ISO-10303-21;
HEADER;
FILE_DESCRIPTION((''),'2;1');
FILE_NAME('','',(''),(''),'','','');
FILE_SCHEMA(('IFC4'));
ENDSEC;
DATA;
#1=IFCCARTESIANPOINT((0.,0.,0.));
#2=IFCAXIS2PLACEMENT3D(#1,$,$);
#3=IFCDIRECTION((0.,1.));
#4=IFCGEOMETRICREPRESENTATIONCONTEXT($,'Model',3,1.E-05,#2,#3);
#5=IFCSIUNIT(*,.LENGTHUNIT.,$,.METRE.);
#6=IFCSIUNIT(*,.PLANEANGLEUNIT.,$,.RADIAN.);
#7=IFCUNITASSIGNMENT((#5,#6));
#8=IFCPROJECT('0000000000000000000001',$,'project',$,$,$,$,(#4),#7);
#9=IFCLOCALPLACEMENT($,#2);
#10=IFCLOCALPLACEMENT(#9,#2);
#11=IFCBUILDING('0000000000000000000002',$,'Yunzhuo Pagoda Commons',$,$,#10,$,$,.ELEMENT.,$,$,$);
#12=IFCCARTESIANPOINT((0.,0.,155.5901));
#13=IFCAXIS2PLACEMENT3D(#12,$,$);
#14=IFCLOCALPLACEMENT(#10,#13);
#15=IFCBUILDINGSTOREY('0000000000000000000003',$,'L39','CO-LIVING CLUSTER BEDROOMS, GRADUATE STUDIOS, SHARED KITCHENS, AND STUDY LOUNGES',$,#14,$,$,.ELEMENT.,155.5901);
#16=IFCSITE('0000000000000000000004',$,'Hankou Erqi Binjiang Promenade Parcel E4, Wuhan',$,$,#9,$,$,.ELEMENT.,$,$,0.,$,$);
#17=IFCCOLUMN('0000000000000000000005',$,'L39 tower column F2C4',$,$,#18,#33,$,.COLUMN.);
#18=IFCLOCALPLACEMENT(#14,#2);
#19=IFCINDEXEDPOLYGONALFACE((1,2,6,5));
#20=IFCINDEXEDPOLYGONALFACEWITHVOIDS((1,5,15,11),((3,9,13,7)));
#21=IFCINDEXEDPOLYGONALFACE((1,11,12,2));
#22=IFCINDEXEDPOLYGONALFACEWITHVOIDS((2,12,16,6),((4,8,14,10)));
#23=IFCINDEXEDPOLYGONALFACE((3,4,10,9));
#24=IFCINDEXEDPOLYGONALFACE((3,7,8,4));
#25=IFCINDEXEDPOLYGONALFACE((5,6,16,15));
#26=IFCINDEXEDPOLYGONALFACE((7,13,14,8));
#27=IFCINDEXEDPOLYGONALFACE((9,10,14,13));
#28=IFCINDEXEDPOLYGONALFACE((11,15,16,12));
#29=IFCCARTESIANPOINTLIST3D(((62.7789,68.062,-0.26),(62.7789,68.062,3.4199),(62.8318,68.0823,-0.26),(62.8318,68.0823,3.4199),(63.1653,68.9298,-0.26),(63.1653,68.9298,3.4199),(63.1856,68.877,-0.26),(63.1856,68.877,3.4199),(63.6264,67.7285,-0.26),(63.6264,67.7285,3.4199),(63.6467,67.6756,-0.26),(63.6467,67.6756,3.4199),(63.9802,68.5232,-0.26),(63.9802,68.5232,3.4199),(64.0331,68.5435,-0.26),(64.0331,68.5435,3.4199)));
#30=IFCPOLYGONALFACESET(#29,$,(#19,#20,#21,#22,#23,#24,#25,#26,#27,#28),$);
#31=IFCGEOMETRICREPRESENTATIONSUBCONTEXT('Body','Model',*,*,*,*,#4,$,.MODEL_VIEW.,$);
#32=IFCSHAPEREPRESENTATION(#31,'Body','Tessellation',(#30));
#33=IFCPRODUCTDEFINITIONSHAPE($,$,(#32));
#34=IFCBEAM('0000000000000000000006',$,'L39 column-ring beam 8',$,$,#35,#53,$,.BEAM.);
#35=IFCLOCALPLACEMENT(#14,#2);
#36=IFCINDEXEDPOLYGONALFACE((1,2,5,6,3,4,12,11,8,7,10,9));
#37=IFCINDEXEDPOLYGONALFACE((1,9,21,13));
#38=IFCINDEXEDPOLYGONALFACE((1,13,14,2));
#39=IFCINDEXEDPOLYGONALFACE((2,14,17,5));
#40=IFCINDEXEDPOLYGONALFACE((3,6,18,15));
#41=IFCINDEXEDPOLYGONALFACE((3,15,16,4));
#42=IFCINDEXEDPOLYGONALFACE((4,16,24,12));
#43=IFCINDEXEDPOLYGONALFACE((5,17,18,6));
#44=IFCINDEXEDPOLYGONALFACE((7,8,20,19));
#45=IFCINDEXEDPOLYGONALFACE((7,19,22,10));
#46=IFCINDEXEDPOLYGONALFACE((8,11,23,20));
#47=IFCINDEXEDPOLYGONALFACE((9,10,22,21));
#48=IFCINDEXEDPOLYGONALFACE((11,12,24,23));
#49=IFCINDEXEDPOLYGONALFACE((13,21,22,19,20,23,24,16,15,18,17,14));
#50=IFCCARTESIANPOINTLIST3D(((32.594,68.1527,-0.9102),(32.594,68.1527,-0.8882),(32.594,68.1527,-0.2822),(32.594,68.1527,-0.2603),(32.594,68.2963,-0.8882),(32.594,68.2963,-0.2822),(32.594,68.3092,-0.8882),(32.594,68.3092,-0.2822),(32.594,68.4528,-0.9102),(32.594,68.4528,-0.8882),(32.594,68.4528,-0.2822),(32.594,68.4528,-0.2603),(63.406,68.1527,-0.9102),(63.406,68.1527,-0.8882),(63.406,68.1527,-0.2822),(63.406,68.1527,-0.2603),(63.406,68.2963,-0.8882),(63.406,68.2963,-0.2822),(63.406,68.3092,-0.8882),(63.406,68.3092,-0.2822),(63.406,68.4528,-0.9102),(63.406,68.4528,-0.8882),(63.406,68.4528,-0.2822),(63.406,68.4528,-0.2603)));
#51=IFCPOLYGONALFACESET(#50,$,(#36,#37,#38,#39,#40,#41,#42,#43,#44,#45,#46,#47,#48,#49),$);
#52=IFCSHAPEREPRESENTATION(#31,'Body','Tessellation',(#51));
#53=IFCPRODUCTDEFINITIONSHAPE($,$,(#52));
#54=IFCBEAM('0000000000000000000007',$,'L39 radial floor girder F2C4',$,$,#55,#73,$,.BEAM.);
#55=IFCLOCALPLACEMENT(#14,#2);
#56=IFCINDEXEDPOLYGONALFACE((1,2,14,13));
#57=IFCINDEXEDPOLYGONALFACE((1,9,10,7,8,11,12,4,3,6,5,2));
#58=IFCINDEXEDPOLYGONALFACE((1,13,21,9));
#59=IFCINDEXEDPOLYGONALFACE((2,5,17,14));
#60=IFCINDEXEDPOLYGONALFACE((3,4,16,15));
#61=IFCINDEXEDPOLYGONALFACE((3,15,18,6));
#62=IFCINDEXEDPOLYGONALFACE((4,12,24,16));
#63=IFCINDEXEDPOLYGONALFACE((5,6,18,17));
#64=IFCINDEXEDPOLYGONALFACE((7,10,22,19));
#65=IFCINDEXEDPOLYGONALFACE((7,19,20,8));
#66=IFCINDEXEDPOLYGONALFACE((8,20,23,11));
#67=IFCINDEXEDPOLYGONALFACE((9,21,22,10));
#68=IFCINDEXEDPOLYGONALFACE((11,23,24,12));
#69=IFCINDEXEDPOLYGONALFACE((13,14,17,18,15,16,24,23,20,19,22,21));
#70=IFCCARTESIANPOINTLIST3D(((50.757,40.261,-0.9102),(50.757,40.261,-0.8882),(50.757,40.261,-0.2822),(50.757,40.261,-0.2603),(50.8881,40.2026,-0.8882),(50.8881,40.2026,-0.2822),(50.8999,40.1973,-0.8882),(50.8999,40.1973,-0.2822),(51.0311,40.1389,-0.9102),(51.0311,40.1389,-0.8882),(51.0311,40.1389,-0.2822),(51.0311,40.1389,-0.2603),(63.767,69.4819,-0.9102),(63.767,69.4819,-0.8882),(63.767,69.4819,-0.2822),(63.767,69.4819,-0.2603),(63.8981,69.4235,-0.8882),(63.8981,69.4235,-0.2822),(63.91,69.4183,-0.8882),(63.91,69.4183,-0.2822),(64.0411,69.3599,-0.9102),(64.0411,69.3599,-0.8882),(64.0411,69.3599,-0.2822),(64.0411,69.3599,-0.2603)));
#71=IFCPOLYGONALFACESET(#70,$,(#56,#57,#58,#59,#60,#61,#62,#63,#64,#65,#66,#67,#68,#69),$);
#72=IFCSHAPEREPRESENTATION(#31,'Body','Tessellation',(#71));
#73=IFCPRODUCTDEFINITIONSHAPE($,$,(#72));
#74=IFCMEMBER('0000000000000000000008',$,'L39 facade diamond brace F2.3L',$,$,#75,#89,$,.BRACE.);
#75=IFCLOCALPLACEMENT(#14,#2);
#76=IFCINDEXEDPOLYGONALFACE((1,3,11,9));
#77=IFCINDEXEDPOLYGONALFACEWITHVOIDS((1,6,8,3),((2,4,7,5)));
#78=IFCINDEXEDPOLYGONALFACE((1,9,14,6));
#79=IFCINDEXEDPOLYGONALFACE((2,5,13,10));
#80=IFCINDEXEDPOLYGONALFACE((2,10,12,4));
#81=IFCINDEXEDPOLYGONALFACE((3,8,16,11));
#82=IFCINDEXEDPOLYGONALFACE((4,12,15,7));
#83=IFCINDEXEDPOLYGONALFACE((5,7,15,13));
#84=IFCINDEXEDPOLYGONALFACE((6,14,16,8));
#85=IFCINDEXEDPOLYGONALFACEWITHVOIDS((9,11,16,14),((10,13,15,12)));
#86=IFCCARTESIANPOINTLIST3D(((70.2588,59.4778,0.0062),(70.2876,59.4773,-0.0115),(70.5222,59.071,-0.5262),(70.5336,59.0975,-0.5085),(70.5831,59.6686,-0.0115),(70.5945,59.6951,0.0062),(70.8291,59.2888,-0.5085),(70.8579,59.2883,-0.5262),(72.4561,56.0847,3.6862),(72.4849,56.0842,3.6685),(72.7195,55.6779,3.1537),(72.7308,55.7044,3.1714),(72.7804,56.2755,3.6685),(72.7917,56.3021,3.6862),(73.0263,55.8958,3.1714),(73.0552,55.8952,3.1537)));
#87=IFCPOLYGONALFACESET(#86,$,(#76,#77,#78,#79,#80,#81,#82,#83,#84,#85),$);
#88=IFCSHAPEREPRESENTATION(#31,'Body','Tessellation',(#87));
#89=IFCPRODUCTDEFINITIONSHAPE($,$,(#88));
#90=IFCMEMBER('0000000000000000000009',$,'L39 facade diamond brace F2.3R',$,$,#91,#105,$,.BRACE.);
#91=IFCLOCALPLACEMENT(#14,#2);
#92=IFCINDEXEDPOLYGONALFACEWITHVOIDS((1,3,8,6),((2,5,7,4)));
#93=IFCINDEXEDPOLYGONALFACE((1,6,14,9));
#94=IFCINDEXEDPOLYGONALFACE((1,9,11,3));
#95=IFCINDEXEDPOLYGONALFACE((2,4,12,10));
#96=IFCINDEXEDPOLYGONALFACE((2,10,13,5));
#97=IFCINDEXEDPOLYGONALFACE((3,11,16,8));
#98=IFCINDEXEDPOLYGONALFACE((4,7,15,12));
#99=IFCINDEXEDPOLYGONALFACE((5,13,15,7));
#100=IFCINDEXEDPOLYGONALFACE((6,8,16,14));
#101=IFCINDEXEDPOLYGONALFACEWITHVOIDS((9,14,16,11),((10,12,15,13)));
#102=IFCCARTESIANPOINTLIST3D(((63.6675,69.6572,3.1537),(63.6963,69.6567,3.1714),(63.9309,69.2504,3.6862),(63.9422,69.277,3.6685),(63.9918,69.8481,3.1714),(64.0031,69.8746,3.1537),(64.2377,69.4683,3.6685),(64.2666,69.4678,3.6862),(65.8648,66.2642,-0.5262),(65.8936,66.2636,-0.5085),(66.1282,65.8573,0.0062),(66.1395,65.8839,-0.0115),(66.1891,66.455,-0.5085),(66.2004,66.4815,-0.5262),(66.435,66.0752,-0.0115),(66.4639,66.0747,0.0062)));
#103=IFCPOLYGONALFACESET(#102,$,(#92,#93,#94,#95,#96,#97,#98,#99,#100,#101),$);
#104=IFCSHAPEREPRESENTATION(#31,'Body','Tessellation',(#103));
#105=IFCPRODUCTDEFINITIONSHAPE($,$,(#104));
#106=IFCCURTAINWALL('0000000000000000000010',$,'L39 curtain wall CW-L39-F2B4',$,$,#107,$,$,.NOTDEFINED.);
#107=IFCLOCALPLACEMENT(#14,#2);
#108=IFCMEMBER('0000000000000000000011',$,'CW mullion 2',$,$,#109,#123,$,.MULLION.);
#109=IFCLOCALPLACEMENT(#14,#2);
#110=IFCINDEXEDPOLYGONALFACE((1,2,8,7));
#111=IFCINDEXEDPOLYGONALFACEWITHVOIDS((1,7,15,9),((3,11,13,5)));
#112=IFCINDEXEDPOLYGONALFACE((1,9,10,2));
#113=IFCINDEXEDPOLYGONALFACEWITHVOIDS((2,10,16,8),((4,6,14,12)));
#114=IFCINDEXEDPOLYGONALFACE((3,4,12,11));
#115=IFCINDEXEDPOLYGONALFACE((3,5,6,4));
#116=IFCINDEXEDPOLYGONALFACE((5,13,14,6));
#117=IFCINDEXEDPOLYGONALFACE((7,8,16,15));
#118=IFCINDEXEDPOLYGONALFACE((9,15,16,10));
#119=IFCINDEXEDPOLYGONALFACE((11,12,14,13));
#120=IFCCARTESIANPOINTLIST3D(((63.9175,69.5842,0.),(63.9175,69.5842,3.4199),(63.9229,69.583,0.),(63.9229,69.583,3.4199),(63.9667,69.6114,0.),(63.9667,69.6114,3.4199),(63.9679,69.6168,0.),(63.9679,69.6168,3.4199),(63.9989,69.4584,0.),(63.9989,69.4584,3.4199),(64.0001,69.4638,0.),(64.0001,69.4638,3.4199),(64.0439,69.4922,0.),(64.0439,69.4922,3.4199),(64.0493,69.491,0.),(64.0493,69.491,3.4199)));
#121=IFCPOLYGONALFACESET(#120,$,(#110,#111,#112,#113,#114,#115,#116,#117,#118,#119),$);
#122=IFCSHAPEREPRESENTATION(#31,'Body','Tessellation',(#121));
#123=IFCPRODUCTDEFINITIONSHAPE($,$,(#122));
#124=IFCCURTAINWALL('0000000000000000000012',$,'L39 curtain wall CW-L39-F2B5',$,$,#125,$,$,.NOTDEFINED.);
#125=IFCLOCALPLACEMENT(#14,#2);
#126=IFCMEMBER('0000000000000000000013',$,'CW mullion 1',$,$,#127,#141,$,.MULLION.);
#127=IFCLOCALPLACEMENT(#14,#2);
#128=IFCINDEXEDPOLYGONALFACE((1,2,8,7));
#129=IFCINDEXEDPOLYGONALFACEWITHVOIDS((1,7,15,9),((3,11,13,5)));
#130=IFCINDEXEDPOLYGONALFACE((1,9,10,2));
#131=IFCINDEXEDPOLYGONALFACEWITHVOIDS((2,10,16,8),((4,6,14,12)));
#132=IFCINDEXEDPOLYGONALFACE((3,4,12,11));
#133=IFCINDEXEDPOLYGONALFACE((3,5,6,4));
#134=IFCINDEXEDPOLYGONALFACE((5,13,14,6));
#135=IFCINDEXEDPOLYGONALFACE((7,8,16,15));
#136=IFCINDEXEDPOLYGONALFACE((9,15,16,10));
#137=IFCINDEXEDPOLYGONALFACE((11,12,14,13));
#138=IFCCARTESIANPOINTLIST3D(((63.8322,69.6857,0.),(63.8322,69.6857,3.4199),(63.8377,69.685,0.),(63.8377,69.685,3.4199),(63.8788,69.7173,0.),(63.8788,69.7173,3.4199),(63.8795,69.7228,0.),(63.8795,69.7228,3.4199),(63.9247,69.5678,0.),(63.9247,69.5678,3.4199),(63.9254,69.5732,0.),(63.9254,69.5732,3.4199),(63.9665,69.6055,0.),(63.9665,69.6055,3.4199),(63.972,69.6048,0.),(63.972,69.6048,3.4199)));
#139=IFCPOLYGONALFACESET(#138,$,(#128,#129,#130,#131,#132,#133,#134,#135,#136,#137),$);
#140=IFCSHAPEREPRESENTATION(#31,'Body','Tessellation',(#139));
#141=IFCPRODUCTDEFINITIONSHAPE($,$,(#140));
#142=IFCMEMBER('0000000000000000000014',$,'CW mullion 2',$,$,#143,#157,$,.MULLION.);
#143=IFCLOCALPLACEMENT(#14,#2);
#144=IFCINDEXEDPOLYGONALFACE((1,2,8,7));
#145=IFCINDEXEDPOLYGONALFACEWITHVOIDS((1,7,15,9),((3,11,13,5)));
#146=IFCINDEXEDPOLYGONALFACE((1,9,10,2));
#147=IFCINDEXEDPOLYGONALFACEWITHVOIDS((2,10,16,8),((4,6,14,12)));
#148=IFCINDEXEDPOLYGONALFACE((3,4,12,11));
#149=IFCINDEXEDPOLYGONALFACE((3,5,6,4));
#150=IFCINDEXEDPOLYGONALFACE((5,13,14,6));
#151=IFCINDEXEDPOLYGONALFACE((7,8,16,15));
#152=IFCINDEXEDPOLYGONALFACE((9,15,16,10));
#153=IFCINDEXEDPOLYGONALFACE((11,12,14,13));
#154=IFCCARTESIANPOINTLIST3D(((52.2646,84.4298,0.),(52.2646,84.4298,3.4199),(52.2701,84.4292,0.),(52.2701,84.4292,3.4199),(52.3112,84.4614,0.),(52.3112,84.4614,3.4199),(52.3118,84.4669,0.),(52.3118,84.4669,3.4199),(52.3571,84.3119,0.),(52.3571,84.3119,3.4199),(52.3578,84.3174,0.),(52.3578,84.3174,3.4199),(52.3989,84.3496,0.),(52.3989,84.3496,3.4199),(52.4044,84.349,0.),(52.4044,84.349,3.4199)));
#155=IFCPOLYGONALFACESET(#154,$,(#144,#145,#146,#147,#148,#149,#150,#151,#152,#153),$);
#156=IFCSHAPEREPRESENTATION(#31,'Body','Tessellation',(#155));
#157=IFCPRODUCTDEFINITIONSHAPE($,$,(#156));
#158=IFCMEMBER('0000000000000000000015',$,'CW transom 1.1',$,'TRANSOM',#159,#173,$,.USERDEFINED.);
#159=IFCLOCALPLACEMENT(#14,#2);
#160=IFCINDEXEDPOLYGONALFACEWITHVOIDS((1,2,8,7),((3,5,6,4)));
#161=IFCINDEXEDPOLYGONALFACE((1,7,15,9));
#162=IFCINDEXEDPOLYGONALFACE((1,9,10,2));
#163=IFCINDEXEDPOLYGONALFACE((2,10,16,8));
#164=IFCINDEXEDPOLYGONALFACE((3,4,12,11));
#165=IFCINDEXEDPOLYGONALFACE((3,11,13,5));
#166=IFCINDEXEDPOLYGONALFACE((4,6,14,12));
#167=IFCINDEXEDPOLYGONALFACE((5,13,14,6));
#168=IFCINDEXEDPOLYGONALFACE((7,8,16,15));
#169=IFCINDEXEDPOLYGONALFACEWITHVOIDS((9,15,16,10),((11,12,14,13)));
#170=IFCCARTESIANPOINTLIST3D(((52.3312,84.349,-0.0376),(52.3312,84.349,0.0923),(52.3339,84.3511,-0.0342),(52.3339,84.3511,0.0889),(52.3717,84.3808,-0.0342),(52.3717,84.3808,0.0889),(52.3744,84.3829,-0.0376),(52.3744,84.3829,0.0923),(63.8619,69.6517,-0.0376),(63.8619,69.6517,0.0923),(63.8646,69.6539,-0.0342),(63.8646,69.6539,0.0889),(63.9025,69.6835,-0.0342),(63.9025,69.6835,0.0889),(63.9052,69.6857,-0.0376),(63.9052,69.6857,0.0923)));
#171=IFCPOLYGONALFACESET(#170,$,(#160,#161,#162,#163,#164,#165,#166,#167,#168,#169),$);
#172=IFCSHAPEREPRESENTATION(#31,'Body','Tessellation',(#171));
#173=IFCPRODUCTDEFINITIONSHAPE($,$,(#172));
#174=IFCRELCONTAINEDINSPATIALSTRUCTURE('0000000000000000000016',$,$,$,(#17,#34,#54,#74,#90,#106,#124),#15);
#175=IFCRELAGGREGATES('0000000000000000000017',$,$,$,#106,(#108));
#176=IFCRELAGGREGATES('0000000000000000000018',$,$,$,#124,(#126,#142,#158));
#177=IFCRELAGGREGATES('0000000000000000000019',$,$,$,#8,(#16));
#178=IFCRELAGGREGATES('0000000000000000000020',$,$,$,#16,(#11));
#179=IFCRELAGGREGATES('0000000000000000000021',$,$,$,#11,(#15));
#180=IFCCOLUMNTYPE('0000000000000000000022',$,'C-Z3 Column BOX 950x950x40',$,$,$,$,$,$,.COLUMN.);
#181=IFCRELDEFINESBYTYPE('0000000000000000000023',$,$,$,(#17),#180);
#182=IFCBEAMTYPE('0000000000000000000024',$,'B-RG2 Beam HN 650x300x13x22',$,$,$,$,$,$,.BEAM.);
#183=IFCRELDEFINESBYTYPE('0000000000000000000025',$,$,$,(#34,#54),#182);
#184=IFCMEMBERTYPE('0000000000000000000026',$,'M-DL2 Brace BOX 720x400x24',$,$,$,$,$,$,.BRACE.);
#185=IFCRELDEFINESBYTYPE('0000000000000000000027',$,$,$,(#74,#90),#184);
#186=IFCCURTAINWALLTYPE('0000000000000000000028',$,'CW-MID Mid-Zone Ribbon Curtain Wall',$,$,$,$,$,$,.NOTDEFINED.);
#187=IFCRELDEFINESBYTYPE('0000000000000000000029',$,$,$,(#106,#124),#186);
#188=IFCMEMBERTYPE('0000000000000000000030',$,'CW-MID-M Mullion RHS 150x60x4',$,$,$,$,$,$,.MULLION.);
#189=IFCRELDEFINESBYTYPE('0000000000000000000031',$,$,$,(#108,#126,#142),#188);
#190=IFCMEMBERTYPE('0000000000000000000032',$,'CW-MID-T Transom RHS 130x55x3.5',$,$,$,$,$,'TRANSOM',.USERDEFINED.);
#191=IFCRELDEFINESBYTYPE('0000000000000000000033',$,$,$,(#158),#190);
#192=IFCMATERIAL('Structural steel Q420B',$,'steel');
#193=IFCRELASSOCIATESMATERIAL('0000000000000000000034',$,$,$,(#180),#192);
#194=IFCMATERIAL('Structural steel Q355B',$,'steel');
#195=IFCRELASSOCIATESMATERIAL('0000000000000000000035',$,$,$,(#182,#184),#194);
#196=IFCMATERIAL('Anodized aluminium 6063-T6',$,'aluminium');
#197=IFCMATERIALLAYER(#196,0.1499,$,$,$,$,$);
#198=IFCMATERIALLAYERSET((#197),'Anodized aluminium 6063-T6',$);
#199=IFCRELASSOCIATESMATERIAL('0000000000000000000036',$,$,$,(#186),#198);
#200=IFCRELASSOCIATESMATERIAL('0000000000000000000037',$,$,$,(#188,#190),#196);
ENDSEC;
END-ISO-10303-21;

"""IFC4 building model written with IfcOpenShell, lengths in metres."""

from ifc_helpers import new_model, si_unit, direction, frame, origin, origin_2d, place, context, subcontext, project, spatial, hollow_rectangle, i_section, extrude, source, transform, mapped, material, layer, layer_set, material_profile, profile_set, type_object, element, aggregate, save


model = new_model("IFC4")

# Units and contexts
model_context = context("Model", 3, precision=1e-05, world=origin(), true_north=direction((0.0, 1.0)))
body_context = subcontext(model_context, "Body", "Model", "MODEL_VIEW")
ifc_project = project(units=[si_unit("LENGTHUNIT", "METRE"), si_unit("PLANEANGLEUNIT", "RADIAN")], contexts=[model_context])

# Site, building, storey
site_placement = place(None, origin())
site = spatial("IfcSite", under=ifc_project, at=site_placement, Name="Hankou Erqi Binjiang Promenade Parcel E4, Wuhan", CompositionType="ELEMENT", RefElevation=0.0)
building_placement = place(site_placement, origin())
building = spatial("IfcBuilding", under=site, at=building_placement, Name="Yunzhuo Pagoda Commons", CompositionType="ELEMENT")
storey_placement = place(building_placement, frame((0.0, 0.0, 155.5901)))
storey = spatial("IfcBuildingStorey", under=building, at=storey_placement, Name="L39", Description="CO-LIVING CLUSTER BEDROOMS, GRADUATE STUDIOS, SHARED KITCHENS, AND STUDY LOUNGES", CompositionType="ELEMENT", Elevation=155.5901)

# Column
ifc_material_1 = material(Name="Structural steel Q420B", Category="steel")
ifc_material_profile_1 = material_profile(ifc_material_1, hollow_rectangle(XDim=0.95, YDim=0.95, WallThickness=0.04, at=origin_2d()), Name="Structural steel Q420B")
ifc_profile_set_1 = profile_set([ifc_material_profile_1], Name="Structural steel Q420B")
column_type = type_object("IfcColumnType", Name="C-Z3 Column BOX 950x950x40", PredefinedType="COLUMN", material=ifc_profile_set_1)
shared_shape_1 = source(origin(), body_context, "Body", "SweptSolid", [
    extrude(hollow_rectangle(XDim=0.95, YDim=0.95, WallThickness=0.04, at=origin_2d()), origin(), (0.0, 0.0, 1.0), 3.6799),
])
column_placement = place(storey_placement, frame((63.406, 68.3027, -0.26), z_axis=(0.0, 0.0, 1.0), x_axis=(-0.913545, 0.406737, 0.0)))
element("IfcColumn", 1, at=column_placement, inside=storey, type_object=column_type, Name="L39 tower column F2C4", PredefinedType="COLUMN", context=body_context, shape_type="MappedRepresentation", body=[
    mapped(shared_shape_1, transform((0.0, 0.0, 0.0), scale=1.0)),
])

# Beams
ifc_material_2 = material(Name="Structural steel Q355B", Category="steel")
ifc_material_profile_2 = material_profile(ifc_material_2, i_section(OverallWidth=0.3, OverallDepth=0.6499, WebThickness=0.0129, FlangeThickness=0.022, at=origin_2d()), Name="Structural steel Q355B")
ifc_profile_set_2 = profile_set([ifc_material_profile_2], Name="Structural steel Q355B")
beam_type = type_object("IfcBeamType", Name="B-RG2 Beam HN 650x300x13x22", PredefinedType="BEAM", material=ifc_profile_set_2)
shared_shape_2 = source(origin(), body_context, "Body", "SweptSolid", [
    extrude(i_section(OverallWidth=0.3, OverallDepth=0.6499, WebThickness=0.0129, FlangeThickness=0.022, at=origin_2d()), origin(), (0.0, 0.0, 1.0), 30.812),
])
beam_1_placement = place(storey_placement, frame((63.406, 68.3027, -0.5852), z_axis=(-1.0, 0.0, 0.0), x_axis=(0.0, -1.0, 0.0)))
element("IfcBeam", 2, at=beam_1_placement, inside=storey, type_object=beam_type, Name="L39 column-ring beam 8", PredefinedType="BEAM", context=body_context, shape_type="MappedRepresentation", body=[
    mapped(shared_shape_2, transform((0.0, 0.0, 0.0), scale=1.0)),
])
shared_shape_3 = source(origin(), body_context, "Body", "SweptSolid", [
    extrude(i_section(OverallWidth=0.3, OverallDepth=0.6499, WebThickness=0.0129, FlangeThickness=0.022, at=origin_2d()), origin(), (0.0, 0.0, 1.0), 31.9863),
])
beam_2_placement = place(storey_placement, frame((63.9041, 69.4209, -0.5852), z_axis=(-0.406737, -0.913545, 0.0), x_axis=(0.913545, -0.406737, 0.0)))
element("IfcBeam", 3, at=beam_2_placement, inside=storey, type_object=beam_type, Name="L39 radial floor girder F2C4", PredefinedType="BEAM", context=body_context, shape_type="MappedRepresentation", body=[
    mapped(shared_shape_3, transform((0.0, 0.0, 0.0), scale=1.0)),
])

# Members
ifc_material_profile_3 = material_profile(ifc_material_2, hollow_rectangle(XDim=0.3999, YDim=0.72, WallThickness=0.0239, at=origin_2d()), Name="Structural steel Q355B")
ifc_profile_set_3 = profile_set([ifc_material_profile_3], Name="Structural steel Q355B")
member_type_1 = type_object("IfcMemberType", Name="M-DL2 Brace BOX 720x400x24", PredefinedType="BRACE", material=ifc_profile_set_3)
shared_shape_4 = source(origin(), body_context, "Body", "SweptSolid", [
    extrude(hollow_rectangle(XDim=0.3999, YDim=0.72, WallThickness=0.0239, at=origin_2d()), origin(), (0.0, 0.0, 1.0), 5.4666),
])
for number, where, z_axis, x_axis, name in (
    (4, (70.5583, 59.3831, -0.26), (0.40195, -0.6207, 0.673177), (0.839372, 0.543557, 0.0), "L39 facade diamond brace F2.3L"),
    (5, (66.1643, 66.1694, -0.26), (-0.40195, 0.6207, 0.673177), (-0.839372, -0.543557, 0.0), "L39 facade diamond brace F2.3R"),
):
    element("IfcMember", number, at=place(storey_placement, frame(where, z_axis=z_axis, x_axis=x_axis)), inside=storey, type_object=member_type_1, Name=name, PredefinedType="BRACE", context=body_context, shape_type="MappedRepresentation", body=[
        mapped(shared_shape_4, transform((0.0, 0.0, 0.0), scale=1.0)),
    ])

# Curtain wall, member
ifc_material_3 = material(Name="Anodized aluminium 6063-T6", Category="aluminium")
ifc_layer_1 = layer(ifc_material_3, 0.1499)
ifc_layer_set_1 = layer_set([ifc_layer_1], Name="Anodized aluminium 6063-T6")
curtain_wall_type = type_object("IfcCurtainWallType", Name="CW-MID Mid-Zone Ribbon Curtain Wall", PredefinedType="NOTDEFINED", material=ifc_layer_set_1)
curtain_wall_1_placement = place(storey_placement, origin())
curtain_wall_1 = element("IfcCurtainWall", 6, at=curtain_wall_1_placement, inside=storey, type_object=curtain_wall_type, Name="L39 curtain wall CW-L39-F2B4", PredefinedType="NOTDEFINED")
ifc_material_profile_4 = material_profile(ifc_material_3, hollow_rectangle(XDim=0.0601, YDim=0.1499, WallThickness=0.0039, at=origin_2d()), Name="Anodized aluminium 6063-T6")
ifc_profile_set_4 = profile_set([ifc_material_profile_4], Name="Anodized aluminium 6063-T6")
member_type_2 = type_object("IfcMemberType", Name="CW-MID-M Mullion RHS 150x60x4", PredefinedType="MULLION", material=ifc_profile_set_4)
shared_shape_5 = source(origin(), body_context, "Body", "SweptSolid", [
    extrude(hollow_rectangle(XDim=0.0601, YDim=0.1499, WallThickness=0.0039, at=origin_2d()), origin(), (0.0, 0.0, 1.0), 3.4199),
])
member_1_placement = place(storey_placement, frame((63.9834, 69.5376, 0.0), z_axis=(0.0, 0.0, 1.0), x_axis=(-0.839393, -0.543526, 0.0)))
member_1 = element("IfcMember", 7, at=member_1_placement, type_object=member_type_2, Name="CW mullion 2", PredefinedType="MULLION", context=body_context, shape_type="MappedRepresentation", body=[
    mapped(shared_shape_5, transform((0.0, 0.0, 0.0), scale=1.0)),
])

# Curtain wall, members
curtain_wall_2_placement = place(storey_placement, origin())
curtain_wall_2 = element("IfcCurtainWall", 8, at=curtain_wall_2_placement, inside=storey, type_object=curtain_wall_type, Name="L39 curtain wall CW-L39-F2B5", PredefinedType="NOTDEFINED")
member_2_placement = place(storey_placement, frame((63.9021, 69.6453, 0.0), z_axis=(0.0, 0.0, 1.0), x_axis=(-0.786759, -0.61726, 0.0)))
member_2 = element("IfcMember", 9, at=member_2_placement, type_object=member_type_2, Name="CW mullion 1", PredefinedType="MULLION", context=body_context, shape_type="MappedRepresentation", body=[
    mapped(shared_shape_5, transform((0.0, 0.0, 0.0), scale=1.0)),
])
member_3_placement = place(storey_placement, frame((52.3345, 84.3894, 0.0), z_axis=(0.0, 0.0, 1.0), x_axis=(-0.786759, -0.61726, 0.0)))
member_3 = element("IfcMember", 10, at=member_3_placement, type_object=member_type_2, Name="CW mullion 2", PredefinedType="MULLION", context=body_context, shape_type="MappedRepresentation", body=[
    mapped(shared_shape_5, transform((0.0, 0.0, 0.0), scale=1.0)),
])
ifc_material_profile_5 = material_profile(ifc_material_3, hollow_rectangle(XDim=0.0549, YDim=0.1299, WallThickness=0.0034, at=origin_2d()), Name="Anodized aluminium 6063-T6")
ifc_profile_set_5 = profile_set([ifc_material_profile_5], Name="Anodized aluminium 6063-T6")
member_type_3 = type_object("IfcMemberType", Name="CW-MID-T Transom RHS 130x55x3.5", ElementType="TRANSOM", PredefinedType="USERDEFINED", material=ifc_profile_set_5)
shared_shape_6 = source(origin(), body_context, "Body", "SweptSolid", [
    extrude(hollow_rectangle(XDim=0.0549, YDim=0.1299, WallThickness=0.0034, at=origin_2d()), origin(), (0.0, 0.0, 1.0), 18.6807),
])
member_4_placement = place(storey_placement, frame((63.8835, 69.6687, 0.0273), z_axis=(-0.617256, 0.786763, 0.0), x_axis=(-0.786763, -0.617256, 0.0)))
member_4 = element("IfcMember", 11, at=member_4_placement, type_object=member_type_3, Name="CW transom 1.1", ObjectType="TRANSOM", PredefinedType="USERDEFINED", context=body_context, shape_type="MappedRepresentation", body=[
    mapped(shared_shape_6, transform((0.0, 0.0, 0.0), scale=1.0)),
])

aggregate(curtain_wall_1, [member_1])
aggregate(curtain_wall_2, [member_2, member_3, member_4])

save(model, "model.ifc")
